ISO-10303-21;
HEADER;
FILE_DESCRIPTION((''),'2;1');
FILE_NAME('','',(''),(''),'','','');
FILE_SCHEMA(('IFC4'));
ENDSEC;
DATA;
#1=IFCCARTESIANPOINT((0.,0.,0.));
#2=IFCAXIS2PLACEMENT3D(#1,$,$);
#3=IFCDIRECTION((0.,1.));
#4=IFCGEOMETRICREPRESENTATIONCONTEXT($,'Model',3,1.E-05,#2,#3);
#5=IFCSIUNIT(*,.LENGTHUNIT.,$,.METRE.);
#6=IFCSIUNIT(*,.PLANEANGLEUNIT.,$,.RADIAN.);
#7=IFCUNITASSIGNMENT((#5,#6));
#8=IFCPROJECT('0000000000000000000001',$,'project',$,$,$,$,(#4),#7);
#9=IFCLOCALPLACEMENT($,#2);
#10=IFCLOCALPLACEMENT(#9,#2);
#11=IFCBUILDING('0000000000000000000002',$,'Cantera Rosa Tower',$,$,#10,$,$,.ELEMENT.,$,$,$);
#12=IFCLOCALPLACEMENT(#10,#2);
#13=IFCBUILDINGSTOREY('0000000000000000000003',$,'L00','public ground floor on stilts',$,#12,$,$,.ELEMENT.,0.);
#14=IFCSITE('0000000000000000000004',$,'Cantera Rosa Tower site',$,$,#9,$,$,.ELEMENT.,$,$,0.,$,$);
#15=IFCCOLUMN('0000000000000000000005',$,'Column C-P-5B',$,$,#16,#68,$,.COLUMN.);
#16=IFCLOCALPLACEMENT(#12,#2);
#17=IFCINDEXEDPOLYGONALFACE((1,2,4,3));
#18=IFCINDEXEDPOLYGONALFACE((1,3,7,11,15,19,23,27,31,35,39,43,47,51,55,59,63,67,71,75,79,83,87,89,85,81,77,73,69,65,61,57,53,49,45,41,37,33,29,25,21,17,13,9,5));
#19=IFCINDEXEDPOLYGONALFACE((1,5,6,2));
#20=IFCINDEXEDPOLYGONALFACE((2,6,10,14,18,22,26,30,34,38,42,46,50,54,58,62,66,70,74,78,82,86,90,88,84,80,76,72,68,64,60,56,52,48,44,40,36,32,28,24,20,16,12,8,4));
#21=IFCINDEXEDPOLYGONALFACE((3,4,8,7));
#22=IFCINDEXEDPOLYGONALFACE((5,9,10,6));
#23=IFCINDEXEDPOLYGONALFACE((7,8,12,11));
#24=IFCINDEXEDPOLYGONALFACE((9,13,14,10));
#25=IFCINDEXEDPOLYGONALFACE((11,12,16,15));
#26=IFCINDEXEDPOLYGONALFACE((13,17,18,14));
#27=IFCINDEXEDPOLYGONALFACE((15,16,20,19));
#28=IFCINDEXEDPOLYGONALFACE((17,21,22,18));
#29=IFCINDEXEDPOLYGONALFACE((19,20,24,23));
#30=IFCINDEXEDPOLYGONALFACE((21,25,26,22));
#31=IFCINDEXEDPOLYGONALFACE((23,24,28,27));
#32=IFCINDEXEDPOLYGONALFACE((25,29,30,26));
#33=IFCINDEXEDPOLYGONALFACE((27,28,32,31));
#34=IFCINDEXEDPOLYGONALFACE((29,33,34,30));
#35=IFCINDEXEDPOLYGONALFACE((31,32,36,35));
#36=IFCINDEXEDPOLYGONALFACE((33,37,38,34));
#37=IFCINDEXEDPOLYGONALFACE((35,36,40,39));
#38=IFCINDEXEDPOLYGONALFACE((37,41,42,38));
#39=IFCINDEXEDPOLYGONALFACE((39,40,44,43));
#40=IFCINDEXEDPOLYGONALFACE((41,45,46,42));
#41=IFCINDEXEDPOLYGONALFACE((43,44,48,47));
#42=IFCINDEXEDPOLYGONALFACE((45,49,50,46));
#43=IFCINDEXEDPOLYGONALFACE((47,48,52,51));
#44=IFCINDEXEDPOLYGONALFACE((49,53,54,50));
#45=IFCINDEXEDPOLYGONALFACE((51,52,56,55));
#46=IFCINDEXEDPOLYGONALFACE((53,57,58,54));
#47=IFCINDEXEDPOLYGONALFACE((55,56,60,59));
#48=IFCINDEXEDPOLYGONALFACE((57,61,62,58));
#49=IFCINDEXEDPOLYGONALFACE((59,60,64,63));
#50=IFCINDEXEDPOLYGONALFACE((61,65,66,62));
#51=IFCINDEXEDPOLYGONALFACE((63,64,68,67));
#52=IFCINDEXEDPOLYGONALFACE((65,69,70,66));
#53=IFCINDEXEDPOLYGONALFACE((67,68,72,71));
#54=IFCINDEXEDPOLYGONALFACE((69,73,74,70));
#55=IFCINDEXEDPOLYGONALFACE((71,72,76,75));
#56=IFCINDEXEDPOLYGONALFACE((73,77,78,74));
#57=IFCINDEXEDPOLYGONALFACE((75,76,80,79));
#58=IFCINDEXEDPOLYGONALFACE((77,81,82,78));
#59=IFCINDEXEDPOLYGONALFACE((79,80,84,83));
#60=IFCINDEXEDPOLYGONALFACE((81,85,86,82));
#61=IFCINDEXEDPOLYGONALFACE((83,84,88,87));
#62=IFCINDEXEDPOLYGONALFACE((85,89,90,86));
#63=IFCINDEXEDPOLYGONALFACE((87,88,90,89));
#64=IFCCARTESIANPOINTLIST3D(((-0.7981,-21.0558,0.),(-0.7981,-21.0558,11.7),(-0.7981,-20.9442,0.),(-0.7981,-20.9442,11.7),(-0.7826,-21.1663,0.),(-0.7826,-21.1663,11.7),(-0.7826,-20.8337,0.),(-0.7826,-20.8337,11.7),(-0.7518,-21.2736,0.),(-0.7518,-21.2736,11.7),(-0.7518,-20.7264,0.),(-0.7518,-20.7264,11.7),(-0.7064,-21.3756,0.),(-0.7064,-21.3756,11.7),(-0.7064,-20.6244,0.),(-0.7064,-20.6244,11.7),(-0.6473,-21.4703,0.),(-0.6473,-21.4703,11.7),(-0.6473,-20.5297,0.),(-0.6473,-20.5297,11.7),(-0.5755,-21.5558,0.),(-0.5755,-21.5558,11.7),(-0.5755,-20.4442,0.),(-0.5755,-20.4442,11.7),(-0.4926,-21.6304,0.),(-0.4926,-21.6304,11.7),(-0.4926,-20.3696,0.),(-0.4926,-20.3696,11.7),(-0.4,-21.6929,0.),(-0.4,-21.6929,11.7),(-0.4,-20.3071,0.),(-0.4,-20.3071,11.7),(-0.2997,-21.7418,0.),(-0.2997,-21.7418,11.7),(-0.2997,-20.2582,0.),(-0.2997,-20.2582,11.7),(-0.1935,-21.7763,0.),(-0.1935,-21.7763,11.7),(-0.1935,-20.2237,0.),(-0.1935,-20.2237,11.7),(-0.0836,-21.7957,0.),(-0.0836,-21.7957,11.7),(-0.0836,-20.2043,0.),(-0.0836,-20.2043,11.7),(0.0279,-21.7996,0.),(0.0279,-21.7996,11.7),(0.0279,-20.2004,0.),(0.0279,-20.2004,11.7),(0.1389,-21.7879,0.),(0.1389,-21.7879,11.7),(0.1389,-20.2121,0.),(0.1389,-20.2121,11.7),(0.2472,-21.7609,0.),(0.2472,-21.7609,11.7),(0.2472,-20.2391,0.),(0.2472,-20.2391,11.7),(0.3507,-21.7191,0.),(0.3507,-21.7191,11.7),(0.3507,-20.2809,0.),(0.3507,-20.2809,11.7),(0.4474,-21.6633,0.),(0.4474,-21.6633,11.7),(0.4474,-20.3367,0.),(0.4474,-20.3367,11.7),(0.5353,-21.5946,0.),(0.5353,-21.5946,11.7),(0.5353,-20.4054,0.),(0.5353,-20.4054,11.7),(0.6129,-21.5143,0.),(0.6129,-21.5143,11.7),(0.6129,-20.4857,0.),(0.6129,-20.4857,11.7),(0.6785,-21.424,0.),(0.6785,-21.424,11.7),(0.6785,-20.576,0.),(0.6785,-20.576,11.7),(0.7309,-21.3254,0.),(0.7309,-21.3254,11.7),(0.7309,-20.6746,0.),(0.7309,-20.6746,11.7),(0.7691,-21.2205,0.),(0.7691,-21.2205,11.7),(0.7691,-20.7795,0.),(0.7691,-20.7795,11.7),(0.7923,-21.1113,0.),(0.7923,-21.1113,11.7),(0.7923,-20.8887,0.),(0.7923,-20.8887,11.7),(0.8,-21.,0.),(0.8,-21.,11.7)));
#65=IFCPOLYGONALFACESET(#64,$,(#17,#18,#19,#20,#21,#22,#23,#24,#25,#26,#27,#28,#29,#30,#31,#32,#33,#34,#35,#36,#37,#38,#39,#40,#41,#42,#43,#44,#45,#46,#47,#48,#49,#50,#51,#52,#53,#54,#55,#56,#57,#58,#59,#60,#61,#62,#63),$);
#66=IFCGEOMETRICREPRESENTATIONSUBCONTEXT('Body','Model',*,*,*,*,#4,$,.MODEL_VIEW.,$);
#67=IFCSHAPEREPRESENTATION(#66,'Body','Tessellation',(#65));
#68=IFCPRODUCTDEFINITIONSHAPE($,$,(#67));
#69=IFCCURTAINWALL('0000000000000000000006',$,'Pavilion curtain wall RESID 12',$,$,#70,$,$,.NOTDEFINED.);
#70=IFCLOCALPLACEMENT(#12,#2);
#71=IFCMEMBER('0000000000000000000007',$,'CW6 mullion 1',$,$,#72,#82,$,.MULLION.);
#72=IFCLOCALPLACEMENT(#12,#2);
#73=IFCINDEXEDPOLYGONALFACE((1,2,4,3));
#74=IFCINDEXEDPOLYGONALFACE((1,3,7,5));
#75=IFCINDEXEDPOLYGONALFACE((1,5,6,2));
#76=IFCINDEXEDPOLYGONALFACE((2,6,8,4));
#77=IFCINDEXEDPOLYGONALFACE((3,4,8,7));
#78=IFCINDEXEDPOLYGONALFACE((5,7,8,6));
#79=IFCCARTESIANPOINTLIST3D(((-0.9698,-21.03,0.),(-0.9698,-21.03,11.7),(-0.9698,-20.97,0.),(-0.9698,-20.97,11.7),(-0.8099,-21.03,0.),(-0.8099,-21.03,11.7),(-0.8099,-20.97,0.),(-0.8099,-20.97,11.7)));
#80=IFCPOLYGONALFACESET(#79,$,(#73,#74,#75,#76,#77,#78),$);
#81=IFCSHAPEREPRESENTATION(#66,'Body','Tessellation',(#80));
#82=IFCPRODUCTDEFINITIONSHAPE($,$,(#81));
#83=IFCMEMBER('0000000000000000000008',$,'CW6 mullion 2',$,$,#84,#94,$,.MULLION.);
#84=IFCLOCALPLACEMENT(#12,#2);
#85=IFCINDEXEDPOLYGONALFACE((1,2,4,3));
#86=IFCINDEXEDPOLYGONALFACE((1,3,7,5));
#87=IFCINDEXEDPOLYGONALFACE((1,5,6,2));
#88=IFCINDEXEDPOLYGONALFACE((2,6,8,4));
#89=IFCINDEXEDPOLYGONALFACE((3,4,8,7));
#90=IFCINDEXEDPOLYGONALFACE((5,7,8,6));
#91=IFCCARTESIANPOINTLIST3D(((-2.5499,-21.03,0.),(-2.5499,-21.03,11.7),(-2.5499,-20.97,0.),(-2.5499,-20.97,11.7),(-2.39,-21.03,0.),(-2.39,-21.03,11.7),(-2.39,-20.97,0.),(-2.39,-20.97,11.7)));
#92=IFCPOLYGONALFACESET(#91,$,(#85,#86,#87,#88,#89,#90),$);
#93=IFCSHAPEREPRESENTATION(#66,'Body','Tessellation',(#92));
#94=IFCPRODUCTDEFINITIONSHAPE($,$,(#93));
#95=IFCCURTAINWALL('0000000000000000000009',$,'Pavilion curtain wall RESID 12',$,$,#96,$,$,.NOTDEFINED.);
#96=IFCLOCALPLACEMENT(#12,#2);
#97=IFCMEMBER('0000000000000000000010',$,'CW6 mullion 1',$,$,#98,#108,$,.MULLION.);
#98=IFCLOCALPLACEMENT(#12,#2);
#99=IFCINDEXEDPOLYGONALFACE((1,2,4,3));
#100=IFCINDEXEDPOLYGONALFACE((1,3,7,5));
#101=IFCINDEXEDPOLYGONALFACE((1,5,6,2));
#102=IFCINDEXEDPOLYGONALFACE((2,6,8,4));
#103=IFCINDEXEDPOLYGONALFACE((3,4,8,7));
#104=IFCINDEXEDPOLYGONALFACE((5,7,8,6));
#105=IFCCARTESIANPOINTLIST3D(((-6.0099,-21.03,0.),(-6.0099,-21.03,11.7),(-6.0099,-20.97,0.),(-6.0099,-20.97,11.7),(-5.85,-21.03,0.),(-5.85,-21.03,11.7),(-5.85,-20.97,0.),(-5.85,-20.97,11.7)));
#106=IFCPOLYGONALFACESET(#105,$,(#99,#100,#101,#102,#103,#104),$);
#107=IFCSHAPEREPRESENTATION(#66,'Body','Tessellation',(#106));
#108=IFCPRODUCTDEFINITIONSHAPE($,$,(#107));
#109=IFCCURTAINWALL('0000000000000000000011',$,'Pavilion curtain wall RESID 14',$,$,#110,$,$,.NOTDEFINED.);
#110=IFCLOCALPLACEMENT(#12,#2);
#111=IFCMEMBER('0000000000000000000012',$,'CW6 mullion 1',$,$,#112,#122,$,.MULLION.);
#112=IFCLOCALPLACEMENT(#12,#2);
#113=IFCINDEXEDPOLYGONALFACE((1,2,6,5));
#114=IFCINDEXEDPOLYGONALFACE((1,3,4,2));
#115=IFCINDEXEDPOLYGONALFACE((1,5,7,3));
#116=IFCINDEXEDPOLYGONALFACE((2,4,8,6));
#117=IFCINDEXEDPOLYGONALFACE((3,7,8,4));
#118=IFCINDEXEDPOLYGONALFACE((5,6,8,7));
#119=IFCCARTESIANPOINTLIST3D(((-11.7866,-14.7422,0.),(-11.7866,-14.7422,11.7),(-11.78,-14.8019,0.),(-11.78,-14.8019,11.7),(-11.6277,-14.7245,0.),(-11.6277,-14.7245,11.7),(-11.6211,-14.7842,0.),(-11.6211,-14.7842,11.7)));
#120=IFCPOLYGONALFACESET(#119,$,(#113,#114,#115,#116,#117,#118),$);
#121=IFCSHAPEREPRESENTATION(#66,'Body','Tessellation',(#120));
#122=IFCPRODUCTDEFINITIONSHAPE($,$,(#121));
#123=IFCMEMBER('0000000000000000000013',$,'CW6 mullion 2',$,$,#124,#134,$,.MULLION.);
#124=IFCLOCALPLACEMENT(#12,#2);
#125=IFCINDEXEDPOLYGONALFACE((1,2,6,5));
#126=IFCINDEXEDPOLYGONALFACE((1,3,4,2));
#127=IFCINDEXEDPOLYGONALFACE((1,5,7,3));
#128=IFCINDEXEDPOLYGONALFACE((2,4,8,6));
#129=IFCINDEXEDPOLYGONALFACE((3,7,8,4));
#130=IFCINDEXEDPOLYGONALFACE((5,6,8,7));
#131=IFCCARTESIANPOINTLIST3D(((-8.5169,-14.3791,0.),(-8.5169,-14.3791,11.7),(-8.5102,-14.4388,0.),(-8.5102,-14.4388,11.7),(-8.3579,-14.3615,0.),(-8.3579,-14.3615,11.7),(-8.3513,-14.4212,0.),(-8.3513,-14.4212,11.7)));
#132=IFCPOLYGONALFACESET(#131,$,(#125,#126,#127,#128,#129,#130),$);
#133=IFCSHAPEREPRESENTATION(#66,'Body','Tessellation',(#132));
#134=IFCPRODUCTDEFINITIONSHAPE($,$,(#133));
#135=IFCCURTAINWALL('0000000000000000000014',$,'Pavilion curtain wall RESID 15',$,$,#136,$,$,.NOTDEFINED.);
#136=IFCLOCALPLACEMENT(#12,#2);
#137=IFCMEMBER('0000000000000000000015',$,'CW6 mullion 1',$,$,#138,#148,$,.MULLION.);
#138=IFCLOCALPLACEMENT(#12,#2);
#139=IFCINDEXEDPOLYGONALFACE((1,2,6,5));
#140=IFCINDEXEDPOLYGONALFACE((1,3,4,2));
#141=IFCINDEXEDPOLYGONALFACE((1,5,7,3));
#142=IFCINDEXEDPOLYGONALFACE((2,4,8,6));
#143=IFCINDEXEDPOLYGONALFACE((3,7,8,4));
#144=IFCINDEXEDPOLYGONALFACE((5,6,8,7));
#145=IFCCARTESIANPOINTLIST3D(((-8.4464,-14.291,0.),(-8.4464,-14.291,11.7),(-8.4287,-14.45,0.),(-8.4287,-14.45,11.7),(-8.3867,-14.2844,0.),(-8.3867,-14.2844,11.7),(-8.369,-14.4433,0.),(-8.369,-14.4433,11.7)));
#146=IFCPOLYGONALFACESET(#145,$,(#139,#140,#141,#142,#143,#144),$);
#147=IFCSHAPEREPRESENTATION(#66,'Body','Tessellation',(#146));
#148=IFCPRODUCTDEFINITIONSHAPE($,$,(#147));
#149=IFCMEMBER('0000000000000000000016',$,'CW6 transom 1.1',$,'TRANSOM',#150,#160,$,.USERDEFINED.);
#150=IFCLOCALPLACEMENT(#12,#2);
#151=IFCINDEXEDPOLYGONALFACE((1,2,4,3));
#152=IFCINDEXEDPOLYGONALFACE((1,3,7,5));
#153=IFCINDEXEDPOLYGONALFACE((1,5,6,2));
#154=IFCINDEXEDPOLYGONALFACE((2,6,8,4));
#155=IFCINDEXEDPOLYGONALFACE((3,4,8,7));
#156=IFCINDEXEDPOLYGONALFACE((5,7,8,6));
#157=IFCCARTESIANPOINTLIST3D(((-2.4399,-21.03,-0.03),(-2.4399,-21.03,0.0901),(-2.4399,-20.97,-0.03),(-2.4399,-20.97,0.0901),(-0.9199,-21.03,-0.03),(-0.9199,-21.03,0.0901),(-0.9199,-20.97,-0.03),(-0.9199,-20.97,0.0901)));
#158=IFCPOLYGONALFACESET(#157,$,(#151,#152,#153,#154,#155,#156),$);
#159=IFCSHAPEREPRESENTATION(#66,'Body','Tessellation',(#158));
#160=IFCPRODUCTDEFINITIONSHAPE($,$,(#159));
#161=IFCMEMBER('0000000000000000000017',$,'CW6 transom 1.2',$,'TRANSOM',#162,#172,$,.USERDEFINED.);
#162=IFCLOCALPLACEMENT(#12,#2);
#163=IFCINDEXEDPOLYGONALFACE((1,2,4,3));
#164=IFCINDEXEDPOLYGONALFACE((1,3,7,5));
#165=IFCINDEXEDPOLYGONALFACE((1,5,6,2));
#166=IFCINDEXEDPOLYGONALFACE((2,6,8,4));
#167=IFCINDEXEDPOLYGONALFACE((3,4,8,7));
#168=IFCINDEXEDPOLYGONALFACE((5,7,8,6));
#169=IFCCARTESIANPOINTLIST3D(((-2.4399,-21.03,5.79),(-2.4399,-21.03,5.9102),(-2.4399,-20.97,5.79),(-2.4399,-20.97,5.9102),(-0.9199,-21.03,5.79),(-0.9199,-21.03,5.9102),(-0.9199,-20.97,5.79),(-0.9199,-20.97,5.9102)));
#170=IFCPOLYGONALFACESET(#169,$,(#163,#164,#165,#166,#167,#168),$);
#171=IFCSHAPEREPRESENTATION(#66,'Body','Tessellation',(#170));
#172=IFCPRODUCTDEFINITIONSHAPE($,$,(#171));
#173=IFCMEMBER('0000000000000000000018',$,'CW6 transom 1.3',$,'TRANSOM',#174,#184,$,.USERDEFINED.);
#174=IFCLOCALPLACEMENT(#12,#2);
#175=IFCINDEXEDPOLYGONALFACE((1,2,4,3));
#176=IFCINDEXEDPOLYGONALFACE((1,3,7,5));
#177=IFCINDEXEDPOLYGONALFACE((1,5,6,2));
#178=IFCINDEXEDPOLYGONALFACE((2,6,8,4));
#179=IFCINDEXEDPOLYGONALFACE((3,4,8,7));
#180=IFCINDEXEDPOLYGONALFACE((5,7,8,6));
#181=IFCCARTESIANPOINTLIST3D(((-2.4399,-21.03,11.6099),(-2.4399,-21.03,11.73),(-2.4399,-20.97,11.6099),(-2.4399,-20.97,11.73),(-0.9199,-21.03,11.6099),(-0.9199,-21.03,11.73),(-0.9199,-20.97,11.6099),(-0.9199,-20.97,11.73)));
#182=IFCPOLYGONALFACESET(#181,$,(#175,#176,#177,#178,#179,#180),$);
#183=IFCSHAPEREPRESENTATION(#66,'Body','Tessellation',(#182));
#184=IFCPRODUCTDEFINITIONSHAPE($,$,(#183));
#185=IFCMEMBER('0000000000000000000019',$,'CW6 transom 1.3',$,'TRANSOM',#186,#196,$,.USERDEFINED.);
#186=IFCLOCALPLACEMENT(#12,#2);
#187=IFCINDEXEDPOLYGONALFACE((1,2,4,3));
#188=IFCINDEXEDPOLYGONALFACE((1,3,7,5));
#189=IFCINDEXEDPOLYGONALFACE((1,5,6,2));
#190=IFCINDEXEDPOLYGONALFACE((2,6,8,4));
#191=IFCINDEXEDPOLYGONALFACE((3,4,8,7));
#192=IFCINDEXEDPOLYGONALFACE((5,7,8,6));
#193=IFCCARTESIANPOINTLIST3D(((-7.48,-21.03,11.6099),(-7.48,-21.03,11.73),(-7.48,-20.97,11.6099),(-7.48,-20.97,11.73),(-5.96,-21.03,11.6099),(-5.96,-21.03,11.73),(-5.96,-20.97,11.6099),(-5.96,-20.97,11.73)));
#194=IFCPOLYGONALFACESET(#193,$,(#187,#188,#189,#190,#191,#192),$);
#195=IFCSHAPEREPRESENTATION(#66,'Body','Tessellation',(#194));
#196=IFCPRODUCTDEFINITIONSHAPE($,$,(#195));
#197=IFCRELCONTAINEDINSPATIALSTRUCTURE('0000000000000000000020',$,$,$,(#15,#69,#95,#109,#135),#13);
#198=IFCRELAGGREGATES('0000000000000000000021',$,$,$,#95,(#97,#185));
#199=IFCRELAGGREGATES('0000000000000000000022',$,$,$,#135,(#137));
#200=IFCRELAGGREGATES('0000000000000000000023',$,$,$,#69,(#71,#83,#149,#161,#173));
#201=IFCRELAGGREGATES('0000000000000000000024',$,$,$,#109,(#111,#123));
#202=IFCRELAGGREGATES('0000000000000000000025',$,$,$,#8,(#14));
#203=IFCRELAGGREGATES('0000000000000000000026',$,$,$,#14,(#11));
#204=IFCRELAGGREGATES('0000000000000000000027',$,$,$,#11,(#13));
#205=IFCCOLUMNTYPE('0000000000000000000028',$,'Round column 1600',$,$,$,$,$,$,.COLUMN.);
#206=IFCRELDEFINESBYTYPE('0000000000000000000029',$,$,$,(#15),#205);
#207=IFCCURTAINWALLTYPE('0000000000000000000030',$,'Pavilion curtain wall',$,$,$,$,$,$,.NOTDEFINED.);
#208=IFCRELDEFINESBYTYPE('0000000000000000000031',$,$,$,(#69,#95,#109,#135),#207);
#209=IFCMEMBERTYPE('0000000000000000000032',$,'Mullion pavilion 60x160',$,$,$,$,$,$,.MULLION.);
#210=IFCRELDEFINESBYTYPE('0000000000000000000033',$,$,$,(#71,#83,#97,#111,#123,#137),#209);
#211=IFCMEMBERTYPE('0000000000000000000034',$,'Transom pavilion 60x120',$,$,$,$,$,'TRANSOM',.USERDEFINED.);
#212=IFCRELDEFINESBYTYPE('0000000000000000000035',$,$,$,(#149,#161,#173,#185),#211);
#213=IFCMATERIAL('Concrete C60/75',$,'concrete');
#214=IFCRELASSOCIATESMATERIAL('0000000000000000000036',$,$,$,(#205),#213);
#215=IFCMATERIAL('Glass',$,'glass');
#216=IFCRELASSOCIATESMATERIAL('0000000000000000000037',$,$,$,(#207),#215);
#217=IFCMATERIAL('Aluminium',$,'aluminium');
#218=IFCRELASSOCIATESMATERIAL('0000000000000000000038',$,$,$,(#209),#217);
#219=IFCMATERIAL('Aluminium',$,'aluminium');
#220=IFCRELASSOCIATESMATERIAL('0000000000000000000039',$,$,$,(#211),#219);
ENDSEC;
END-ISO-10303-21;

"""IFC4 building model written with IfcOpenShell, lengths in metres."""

from ifc_helpers import new_model, si_unit, direction, frame, origin, origin_2d, place, context, subcontext, project, spatial, rectangle, circle, extrude, material, material_profile, profile_set, type_object, element, aggregate, save


model = new_model("IFC4")

# Units and contexts
model_context = context("Model", 3, precision=1e-05, world=origin(), true_north=direction((0.0, 1.0)))
body_context = subcontext(model_context, "Body", "Model", "MODEL_VIEW")
ifc_project = project(units=[si_unit("LENGTHUNIT", "METRE"), si_unit("PLANEANGLEUNIT", "RADIAN")], contexts=[model_context])

# Site, building, storey
site_placement = place(None, origin())
site = spatial("IfcSite", under=ifc_project, at=site_placement, Name="Cantera Rosa Tower site", CompositionType="ELEMENT", RefElevation=0.0)
building_placement = place(site_placement, origin())
building = spatial("IfcBuilding", under=site, at=building_placement, Name="Cantera Rosa Tower", CompositionType="ELEMENT")
storey_placement = place(building_placement, origin())
storey = spatial("IfcBuildingStorey", under=building, at=storey_placement, Name="L00", Description="public ground floor on stilts", CompositionType="ELEMENT", Elevation=0.0)

# Column
ifc_material_1 = material(Name="Concrete C60/75", Category="concrete")
ifc_material_profile_1 = material_profile(ifc_material_1, circle(Radius=0.8, at=origin_2d()), Name="Round column 1600")
ifc_profile_set_1 = profile_set([ifc_material_profile_1], Name="Concrete C60/75")
column_type = type_object("IfcColumnType", Name="Round column 1600", PredefinedType="COLUMN", material=ifc_profile_set_1)
column_placement = place(storey_placement, frame((0.0, -21.0, 0.0), z_axis=(0.0, 0.0, 1.0), x_axis=(1.0, 0.0, 0.0)))
element("IfcColumn", 1, at=column_placement, inside=storey, type_object=column_type, Name="Column C-P-5B", PredefinedType="COLUMN", context=body_context, shape_type="SweptSolid", body=[
    extrude(circle(Radius=0.8, at=origin_2d()), origin(), (0.0, 0.0, 1.0), 11.7),
])

# Curtain wall, members
ifc_material_2 = material(Name="Glass", Category="glass")
curtain_wall_type = type_object("IfcCurtainWallType", Name="Pavilion curtain wall", PredefinedType="NOTDEFINED", material=ifc_material_2)
curtain_wall_1_placement = place(storey_placement, origin())
curtain_wall_1 = element("IfcCurtainWall", 2, at=curtain_wall_1_placement, inside=storey, type_object=curtain_wall_type, Name="Pavilion curtain wall RESID 12", PredefinedType="NOTDEFINED")
ifc_material_3 = material(Name="Aluminium", Category="aluminium")
ifc_material_profile_2 = material_profile(ifc_material_3, rectangle(XDim=0.0601, YDim=0.1599, at=origin_2d()), Name="Mullion pavilion 60x160")
ifc_profile_set_2 = profile_set([ifc_material_profile_2], Name="Aluminium")
member_type_1 = type_object("IfcMemberType", Name="Mullion pavilion 60x160", PredefinedType="MULLION", material=ifc_profile_set_2)
member_1_placement = place(storey_placement, frame((-0.8899, -21.0, 0.0), z_axis=(0.0, 0.0, 1.0), x_axis=(0.0, -1.0, 0.0)))
member_1 = element("IfcMember", 3, at=member_1_placement, type_object=member_type_1, Name="CW6 mullion 1", PredefinedType="MULLION", context=body_context, shape_type="SweptSolid", body=[
    extrude(rectangle(XDim=0.0601, YDim=0.1599, at=origin_2d()), origin(), (0.0, 0.0, 1.0), 11.7),
])
member_2_placement = place(storey_placement, frame((-2.47, -21.0, 0.0), z_axis=(0.0, 0.0, 1.0), x_axis=(0.0, -1.0, 0.0)))
member_2 = element("IfcMember", 4, at=member_2_placement, type_object=member_type_1, Name="CW6 mullion 2", PredefinedType="MULLION", context=body_context, shape_type="SweptSolid", body=[
    extrude(rectangle(XDim=0.0601, YDim=0.1599, at=origin_2d()), origin(), (0.0, 0.0, 1.0), 11.7),
])

# Curtain wall, member
curtain_wall_2_placement = place(storey_placement, origin())
curtain_wall_2 = element("IfcCurtainWall", 5, at=curtain_wall_2_placement, inside=storey, type_object=curtain_wall_type, Name="Pavilion curtain wall RESID 12", PredefinedType="NOTDEFINED")
member_3_placement = place(storey_placement, frame((-5.9299, -21.0, 0.0), z_axis=(0.0, 0.0, 1.0), x_axis=(0.0, -1.0, 0.0)))
member_3 = element("IfcMember", 6, at=member_3_placement, type_object=member_type_1, Name="CW6 mullion 1", PredefinedType="MULLION", context=body_context, shape_type="SweptSolid", body=[
    extrude(rectangle(XDim=0.0601, YDim=0.1599, at=origin_2d()), origin(), (0.0, 0.0, 1.0), 11.7),
])

# Curtain wall, members
curtain_wall_3_placement = place(storey_placement, origin())
curtain_wall_3 = element("IfcCurtainWall", 7, at=curtain_wall_3_placement, inside=storey, type_object=curtain_wall_type, Name="Pavilion curtain wall RESID 14", PredefinedType="NOTDEFINED")
member_4_placement = place(storey_placement, frame((-11.7039, -14.7632, 0.0), z_axis=(0.0, 0.0, 1.0), x_axis=(-0.110333, 0.993895, 0.0)))
member_4 = element("IfcMember", 8, at=member_4_placement, type_object=member_type_1, Name="CW6 mullion 1", PredefinedType="MULLION", context=body_context, shape_type="SweptSolid", body=[
    extrude(rectangle(XDim=0.0601, YDim=0.1599, at=origin_2d()), origin(), (0.0, 0.0, 1.0), 11.7),
])
member_5_placement = place(storey_placement, frame((-8.4341, -14.4001, 0.0), z_axis=(0.0, 0.0, 1.0), x_axis=(-0.110333, 0.993895, 0.0)))
member_5 = element("IfcMember", 9, at=member_5_placement, type_object=member_type_1, Name="CW6 mullion 2", PredefinedType="MULLION", context=body_context, shape_type="SweptSolid", body=[
    extrude(rectangle(XDim=0.0601, YDim=0.1599, at=origin_2d()), origin(), (0.0, 0.0, 1.0), 11.7),
])

# Curtain wall, member
curtain_wall_4_placement = place(storey_placement, origin())
curtain_wall_4 = element("IfcCurtainWall", 10, at=curtain_wall_4_placement, inside=storey, type_object=curtain_wall_type, Name="Pavilion curtain wall RESID 15", PredefinedType="NOTDEFINED")
member_6_placement = place(storey_placement, frame((-8.4077, -14.3672, 0.0), z_axis=(0.0, 0.0, 1.0), x_axis=(-0.993899, -0.110298, 0.0)))
member_6 = element("IfcMember", 11, at=member_6_placement, type_object=member_type_1, Name="CW6 mullion 1", PredefinedType="MULLION", context=body_context, shape_type="SweptSolid", body=[
    extrude(rectangle(XDim=0.0601, YDim=0.1599, at=origin_2d()), origin(), (0.0, 0.0, 1.0), 11.7),
])

# Members
ifc_material_4 = material(Name="Aluminium", Category="aluminium")
ifc_material_profile_3 = material_profile(ifc_material_4, rectangle(XDim=0.0601, YDim=0.1201, at=origin_2d()), Name="Transom pavilion 60x120")
ifc_profile_set_3 = profile_set([ifc_material_profile_3], Name="Aluminium")
member_type_2 = type_object("IfcMemberType", Name="Transom pavilion 60x120", ElementType="TRANSOM", PredefinedType="USERDEFINED", material=ifc_profile_set_3)
member_7_placement = place(storey_placement, frame((-0.9199, -21.0, 0.03), z_axis=(-1.0, 0.0, 0.0), x_axis=(0.0, -1.0, 0.0)))
member_7 = element("IfcMember", 12, at=member_7_placement, type_object=member_type_2, Name="CW6 transom 1.1", ObjectType="TRANSOM", PredefinedType="USERDEFINED", context=body_context, shape_type="SweptSolid", body=[
    extrude(rectangle(XDim=0.0601, YDim=0.1201, at=origin_2d()), origin(), (0.0, 0.0, 1.0), 1.52),
])
member_8_placement = place(storey_placement, frame((-0.9199, -21.0, 5.8501), z_axis=(-1.0, 0.0, 0.0), x_axis=(0.0, -1.0, 0.0)))
member_8 = element("IfcMember", 13, at=member_8_placement, type_object=member_type_2, Name="CW6 transom 1.2", ObjectType="TRANSOM", PredefinedType="USERDEFINED", context=body_context, shape_type="SweptSolid", body=[
    extrude(rectangle(XDim=0.0601, YDim=0.1201, at=origin_2d()), origin(), (0.0, 0.0, 1.0), 1.52),
])
member_9_placement = place(storey_placement, frame((-0.9199, -21.0, 11.6699), z_axis=(-1.0, 0.0, 0.0), x_axis=(0.0, -1.0, 0.0)))
member_9 = element("IfcMember", 14, at=member_9_placement, type_object=member_type_2, Name="CW6 transom 1.3", ObjectType="TRANSOM", PredefinedType="USERDEFINED", context=body_context, shape_type="SweptSolid", body=[
    extrude(rectangle(XDim=0.0601, YDim=0.1201, at=origin_2d()), origin(), (0.0, 0.0, 1.0), 1.52),
])
member_10_placement = place(storey_placement, frame((-5.96, -21.0, 11.6699), z_axis=(-1.0, 0.0, 0.0), x_axis=(0.0, -1.0, 0.0)))
member_10 = element("IfcMember", 15, at=member_10_placement, type_object=member_type_2, Name="CW6 transom 1.3", ObjectType="TRANSOM", PredefinedType="USERDEFINED", context=body_context, shape_type="SweptSolid", body=[
    extrude(rectangle(XDim=0.0601, YDim=0.1201, at=origin_2d()), origin(), (0.0, 0.0, 1.0), 1.52),
])
aggregate(curtain_wall_2, [member_3, member_10])
aggregate(curtain_wall_4, [member_6])

aggregate(curtain_wall_1, [member_1, member_2, member_7, member_8, member_9])
aggregate(curtain_wall_3, [member_4, member_5])

save(model, "model.ifc")
